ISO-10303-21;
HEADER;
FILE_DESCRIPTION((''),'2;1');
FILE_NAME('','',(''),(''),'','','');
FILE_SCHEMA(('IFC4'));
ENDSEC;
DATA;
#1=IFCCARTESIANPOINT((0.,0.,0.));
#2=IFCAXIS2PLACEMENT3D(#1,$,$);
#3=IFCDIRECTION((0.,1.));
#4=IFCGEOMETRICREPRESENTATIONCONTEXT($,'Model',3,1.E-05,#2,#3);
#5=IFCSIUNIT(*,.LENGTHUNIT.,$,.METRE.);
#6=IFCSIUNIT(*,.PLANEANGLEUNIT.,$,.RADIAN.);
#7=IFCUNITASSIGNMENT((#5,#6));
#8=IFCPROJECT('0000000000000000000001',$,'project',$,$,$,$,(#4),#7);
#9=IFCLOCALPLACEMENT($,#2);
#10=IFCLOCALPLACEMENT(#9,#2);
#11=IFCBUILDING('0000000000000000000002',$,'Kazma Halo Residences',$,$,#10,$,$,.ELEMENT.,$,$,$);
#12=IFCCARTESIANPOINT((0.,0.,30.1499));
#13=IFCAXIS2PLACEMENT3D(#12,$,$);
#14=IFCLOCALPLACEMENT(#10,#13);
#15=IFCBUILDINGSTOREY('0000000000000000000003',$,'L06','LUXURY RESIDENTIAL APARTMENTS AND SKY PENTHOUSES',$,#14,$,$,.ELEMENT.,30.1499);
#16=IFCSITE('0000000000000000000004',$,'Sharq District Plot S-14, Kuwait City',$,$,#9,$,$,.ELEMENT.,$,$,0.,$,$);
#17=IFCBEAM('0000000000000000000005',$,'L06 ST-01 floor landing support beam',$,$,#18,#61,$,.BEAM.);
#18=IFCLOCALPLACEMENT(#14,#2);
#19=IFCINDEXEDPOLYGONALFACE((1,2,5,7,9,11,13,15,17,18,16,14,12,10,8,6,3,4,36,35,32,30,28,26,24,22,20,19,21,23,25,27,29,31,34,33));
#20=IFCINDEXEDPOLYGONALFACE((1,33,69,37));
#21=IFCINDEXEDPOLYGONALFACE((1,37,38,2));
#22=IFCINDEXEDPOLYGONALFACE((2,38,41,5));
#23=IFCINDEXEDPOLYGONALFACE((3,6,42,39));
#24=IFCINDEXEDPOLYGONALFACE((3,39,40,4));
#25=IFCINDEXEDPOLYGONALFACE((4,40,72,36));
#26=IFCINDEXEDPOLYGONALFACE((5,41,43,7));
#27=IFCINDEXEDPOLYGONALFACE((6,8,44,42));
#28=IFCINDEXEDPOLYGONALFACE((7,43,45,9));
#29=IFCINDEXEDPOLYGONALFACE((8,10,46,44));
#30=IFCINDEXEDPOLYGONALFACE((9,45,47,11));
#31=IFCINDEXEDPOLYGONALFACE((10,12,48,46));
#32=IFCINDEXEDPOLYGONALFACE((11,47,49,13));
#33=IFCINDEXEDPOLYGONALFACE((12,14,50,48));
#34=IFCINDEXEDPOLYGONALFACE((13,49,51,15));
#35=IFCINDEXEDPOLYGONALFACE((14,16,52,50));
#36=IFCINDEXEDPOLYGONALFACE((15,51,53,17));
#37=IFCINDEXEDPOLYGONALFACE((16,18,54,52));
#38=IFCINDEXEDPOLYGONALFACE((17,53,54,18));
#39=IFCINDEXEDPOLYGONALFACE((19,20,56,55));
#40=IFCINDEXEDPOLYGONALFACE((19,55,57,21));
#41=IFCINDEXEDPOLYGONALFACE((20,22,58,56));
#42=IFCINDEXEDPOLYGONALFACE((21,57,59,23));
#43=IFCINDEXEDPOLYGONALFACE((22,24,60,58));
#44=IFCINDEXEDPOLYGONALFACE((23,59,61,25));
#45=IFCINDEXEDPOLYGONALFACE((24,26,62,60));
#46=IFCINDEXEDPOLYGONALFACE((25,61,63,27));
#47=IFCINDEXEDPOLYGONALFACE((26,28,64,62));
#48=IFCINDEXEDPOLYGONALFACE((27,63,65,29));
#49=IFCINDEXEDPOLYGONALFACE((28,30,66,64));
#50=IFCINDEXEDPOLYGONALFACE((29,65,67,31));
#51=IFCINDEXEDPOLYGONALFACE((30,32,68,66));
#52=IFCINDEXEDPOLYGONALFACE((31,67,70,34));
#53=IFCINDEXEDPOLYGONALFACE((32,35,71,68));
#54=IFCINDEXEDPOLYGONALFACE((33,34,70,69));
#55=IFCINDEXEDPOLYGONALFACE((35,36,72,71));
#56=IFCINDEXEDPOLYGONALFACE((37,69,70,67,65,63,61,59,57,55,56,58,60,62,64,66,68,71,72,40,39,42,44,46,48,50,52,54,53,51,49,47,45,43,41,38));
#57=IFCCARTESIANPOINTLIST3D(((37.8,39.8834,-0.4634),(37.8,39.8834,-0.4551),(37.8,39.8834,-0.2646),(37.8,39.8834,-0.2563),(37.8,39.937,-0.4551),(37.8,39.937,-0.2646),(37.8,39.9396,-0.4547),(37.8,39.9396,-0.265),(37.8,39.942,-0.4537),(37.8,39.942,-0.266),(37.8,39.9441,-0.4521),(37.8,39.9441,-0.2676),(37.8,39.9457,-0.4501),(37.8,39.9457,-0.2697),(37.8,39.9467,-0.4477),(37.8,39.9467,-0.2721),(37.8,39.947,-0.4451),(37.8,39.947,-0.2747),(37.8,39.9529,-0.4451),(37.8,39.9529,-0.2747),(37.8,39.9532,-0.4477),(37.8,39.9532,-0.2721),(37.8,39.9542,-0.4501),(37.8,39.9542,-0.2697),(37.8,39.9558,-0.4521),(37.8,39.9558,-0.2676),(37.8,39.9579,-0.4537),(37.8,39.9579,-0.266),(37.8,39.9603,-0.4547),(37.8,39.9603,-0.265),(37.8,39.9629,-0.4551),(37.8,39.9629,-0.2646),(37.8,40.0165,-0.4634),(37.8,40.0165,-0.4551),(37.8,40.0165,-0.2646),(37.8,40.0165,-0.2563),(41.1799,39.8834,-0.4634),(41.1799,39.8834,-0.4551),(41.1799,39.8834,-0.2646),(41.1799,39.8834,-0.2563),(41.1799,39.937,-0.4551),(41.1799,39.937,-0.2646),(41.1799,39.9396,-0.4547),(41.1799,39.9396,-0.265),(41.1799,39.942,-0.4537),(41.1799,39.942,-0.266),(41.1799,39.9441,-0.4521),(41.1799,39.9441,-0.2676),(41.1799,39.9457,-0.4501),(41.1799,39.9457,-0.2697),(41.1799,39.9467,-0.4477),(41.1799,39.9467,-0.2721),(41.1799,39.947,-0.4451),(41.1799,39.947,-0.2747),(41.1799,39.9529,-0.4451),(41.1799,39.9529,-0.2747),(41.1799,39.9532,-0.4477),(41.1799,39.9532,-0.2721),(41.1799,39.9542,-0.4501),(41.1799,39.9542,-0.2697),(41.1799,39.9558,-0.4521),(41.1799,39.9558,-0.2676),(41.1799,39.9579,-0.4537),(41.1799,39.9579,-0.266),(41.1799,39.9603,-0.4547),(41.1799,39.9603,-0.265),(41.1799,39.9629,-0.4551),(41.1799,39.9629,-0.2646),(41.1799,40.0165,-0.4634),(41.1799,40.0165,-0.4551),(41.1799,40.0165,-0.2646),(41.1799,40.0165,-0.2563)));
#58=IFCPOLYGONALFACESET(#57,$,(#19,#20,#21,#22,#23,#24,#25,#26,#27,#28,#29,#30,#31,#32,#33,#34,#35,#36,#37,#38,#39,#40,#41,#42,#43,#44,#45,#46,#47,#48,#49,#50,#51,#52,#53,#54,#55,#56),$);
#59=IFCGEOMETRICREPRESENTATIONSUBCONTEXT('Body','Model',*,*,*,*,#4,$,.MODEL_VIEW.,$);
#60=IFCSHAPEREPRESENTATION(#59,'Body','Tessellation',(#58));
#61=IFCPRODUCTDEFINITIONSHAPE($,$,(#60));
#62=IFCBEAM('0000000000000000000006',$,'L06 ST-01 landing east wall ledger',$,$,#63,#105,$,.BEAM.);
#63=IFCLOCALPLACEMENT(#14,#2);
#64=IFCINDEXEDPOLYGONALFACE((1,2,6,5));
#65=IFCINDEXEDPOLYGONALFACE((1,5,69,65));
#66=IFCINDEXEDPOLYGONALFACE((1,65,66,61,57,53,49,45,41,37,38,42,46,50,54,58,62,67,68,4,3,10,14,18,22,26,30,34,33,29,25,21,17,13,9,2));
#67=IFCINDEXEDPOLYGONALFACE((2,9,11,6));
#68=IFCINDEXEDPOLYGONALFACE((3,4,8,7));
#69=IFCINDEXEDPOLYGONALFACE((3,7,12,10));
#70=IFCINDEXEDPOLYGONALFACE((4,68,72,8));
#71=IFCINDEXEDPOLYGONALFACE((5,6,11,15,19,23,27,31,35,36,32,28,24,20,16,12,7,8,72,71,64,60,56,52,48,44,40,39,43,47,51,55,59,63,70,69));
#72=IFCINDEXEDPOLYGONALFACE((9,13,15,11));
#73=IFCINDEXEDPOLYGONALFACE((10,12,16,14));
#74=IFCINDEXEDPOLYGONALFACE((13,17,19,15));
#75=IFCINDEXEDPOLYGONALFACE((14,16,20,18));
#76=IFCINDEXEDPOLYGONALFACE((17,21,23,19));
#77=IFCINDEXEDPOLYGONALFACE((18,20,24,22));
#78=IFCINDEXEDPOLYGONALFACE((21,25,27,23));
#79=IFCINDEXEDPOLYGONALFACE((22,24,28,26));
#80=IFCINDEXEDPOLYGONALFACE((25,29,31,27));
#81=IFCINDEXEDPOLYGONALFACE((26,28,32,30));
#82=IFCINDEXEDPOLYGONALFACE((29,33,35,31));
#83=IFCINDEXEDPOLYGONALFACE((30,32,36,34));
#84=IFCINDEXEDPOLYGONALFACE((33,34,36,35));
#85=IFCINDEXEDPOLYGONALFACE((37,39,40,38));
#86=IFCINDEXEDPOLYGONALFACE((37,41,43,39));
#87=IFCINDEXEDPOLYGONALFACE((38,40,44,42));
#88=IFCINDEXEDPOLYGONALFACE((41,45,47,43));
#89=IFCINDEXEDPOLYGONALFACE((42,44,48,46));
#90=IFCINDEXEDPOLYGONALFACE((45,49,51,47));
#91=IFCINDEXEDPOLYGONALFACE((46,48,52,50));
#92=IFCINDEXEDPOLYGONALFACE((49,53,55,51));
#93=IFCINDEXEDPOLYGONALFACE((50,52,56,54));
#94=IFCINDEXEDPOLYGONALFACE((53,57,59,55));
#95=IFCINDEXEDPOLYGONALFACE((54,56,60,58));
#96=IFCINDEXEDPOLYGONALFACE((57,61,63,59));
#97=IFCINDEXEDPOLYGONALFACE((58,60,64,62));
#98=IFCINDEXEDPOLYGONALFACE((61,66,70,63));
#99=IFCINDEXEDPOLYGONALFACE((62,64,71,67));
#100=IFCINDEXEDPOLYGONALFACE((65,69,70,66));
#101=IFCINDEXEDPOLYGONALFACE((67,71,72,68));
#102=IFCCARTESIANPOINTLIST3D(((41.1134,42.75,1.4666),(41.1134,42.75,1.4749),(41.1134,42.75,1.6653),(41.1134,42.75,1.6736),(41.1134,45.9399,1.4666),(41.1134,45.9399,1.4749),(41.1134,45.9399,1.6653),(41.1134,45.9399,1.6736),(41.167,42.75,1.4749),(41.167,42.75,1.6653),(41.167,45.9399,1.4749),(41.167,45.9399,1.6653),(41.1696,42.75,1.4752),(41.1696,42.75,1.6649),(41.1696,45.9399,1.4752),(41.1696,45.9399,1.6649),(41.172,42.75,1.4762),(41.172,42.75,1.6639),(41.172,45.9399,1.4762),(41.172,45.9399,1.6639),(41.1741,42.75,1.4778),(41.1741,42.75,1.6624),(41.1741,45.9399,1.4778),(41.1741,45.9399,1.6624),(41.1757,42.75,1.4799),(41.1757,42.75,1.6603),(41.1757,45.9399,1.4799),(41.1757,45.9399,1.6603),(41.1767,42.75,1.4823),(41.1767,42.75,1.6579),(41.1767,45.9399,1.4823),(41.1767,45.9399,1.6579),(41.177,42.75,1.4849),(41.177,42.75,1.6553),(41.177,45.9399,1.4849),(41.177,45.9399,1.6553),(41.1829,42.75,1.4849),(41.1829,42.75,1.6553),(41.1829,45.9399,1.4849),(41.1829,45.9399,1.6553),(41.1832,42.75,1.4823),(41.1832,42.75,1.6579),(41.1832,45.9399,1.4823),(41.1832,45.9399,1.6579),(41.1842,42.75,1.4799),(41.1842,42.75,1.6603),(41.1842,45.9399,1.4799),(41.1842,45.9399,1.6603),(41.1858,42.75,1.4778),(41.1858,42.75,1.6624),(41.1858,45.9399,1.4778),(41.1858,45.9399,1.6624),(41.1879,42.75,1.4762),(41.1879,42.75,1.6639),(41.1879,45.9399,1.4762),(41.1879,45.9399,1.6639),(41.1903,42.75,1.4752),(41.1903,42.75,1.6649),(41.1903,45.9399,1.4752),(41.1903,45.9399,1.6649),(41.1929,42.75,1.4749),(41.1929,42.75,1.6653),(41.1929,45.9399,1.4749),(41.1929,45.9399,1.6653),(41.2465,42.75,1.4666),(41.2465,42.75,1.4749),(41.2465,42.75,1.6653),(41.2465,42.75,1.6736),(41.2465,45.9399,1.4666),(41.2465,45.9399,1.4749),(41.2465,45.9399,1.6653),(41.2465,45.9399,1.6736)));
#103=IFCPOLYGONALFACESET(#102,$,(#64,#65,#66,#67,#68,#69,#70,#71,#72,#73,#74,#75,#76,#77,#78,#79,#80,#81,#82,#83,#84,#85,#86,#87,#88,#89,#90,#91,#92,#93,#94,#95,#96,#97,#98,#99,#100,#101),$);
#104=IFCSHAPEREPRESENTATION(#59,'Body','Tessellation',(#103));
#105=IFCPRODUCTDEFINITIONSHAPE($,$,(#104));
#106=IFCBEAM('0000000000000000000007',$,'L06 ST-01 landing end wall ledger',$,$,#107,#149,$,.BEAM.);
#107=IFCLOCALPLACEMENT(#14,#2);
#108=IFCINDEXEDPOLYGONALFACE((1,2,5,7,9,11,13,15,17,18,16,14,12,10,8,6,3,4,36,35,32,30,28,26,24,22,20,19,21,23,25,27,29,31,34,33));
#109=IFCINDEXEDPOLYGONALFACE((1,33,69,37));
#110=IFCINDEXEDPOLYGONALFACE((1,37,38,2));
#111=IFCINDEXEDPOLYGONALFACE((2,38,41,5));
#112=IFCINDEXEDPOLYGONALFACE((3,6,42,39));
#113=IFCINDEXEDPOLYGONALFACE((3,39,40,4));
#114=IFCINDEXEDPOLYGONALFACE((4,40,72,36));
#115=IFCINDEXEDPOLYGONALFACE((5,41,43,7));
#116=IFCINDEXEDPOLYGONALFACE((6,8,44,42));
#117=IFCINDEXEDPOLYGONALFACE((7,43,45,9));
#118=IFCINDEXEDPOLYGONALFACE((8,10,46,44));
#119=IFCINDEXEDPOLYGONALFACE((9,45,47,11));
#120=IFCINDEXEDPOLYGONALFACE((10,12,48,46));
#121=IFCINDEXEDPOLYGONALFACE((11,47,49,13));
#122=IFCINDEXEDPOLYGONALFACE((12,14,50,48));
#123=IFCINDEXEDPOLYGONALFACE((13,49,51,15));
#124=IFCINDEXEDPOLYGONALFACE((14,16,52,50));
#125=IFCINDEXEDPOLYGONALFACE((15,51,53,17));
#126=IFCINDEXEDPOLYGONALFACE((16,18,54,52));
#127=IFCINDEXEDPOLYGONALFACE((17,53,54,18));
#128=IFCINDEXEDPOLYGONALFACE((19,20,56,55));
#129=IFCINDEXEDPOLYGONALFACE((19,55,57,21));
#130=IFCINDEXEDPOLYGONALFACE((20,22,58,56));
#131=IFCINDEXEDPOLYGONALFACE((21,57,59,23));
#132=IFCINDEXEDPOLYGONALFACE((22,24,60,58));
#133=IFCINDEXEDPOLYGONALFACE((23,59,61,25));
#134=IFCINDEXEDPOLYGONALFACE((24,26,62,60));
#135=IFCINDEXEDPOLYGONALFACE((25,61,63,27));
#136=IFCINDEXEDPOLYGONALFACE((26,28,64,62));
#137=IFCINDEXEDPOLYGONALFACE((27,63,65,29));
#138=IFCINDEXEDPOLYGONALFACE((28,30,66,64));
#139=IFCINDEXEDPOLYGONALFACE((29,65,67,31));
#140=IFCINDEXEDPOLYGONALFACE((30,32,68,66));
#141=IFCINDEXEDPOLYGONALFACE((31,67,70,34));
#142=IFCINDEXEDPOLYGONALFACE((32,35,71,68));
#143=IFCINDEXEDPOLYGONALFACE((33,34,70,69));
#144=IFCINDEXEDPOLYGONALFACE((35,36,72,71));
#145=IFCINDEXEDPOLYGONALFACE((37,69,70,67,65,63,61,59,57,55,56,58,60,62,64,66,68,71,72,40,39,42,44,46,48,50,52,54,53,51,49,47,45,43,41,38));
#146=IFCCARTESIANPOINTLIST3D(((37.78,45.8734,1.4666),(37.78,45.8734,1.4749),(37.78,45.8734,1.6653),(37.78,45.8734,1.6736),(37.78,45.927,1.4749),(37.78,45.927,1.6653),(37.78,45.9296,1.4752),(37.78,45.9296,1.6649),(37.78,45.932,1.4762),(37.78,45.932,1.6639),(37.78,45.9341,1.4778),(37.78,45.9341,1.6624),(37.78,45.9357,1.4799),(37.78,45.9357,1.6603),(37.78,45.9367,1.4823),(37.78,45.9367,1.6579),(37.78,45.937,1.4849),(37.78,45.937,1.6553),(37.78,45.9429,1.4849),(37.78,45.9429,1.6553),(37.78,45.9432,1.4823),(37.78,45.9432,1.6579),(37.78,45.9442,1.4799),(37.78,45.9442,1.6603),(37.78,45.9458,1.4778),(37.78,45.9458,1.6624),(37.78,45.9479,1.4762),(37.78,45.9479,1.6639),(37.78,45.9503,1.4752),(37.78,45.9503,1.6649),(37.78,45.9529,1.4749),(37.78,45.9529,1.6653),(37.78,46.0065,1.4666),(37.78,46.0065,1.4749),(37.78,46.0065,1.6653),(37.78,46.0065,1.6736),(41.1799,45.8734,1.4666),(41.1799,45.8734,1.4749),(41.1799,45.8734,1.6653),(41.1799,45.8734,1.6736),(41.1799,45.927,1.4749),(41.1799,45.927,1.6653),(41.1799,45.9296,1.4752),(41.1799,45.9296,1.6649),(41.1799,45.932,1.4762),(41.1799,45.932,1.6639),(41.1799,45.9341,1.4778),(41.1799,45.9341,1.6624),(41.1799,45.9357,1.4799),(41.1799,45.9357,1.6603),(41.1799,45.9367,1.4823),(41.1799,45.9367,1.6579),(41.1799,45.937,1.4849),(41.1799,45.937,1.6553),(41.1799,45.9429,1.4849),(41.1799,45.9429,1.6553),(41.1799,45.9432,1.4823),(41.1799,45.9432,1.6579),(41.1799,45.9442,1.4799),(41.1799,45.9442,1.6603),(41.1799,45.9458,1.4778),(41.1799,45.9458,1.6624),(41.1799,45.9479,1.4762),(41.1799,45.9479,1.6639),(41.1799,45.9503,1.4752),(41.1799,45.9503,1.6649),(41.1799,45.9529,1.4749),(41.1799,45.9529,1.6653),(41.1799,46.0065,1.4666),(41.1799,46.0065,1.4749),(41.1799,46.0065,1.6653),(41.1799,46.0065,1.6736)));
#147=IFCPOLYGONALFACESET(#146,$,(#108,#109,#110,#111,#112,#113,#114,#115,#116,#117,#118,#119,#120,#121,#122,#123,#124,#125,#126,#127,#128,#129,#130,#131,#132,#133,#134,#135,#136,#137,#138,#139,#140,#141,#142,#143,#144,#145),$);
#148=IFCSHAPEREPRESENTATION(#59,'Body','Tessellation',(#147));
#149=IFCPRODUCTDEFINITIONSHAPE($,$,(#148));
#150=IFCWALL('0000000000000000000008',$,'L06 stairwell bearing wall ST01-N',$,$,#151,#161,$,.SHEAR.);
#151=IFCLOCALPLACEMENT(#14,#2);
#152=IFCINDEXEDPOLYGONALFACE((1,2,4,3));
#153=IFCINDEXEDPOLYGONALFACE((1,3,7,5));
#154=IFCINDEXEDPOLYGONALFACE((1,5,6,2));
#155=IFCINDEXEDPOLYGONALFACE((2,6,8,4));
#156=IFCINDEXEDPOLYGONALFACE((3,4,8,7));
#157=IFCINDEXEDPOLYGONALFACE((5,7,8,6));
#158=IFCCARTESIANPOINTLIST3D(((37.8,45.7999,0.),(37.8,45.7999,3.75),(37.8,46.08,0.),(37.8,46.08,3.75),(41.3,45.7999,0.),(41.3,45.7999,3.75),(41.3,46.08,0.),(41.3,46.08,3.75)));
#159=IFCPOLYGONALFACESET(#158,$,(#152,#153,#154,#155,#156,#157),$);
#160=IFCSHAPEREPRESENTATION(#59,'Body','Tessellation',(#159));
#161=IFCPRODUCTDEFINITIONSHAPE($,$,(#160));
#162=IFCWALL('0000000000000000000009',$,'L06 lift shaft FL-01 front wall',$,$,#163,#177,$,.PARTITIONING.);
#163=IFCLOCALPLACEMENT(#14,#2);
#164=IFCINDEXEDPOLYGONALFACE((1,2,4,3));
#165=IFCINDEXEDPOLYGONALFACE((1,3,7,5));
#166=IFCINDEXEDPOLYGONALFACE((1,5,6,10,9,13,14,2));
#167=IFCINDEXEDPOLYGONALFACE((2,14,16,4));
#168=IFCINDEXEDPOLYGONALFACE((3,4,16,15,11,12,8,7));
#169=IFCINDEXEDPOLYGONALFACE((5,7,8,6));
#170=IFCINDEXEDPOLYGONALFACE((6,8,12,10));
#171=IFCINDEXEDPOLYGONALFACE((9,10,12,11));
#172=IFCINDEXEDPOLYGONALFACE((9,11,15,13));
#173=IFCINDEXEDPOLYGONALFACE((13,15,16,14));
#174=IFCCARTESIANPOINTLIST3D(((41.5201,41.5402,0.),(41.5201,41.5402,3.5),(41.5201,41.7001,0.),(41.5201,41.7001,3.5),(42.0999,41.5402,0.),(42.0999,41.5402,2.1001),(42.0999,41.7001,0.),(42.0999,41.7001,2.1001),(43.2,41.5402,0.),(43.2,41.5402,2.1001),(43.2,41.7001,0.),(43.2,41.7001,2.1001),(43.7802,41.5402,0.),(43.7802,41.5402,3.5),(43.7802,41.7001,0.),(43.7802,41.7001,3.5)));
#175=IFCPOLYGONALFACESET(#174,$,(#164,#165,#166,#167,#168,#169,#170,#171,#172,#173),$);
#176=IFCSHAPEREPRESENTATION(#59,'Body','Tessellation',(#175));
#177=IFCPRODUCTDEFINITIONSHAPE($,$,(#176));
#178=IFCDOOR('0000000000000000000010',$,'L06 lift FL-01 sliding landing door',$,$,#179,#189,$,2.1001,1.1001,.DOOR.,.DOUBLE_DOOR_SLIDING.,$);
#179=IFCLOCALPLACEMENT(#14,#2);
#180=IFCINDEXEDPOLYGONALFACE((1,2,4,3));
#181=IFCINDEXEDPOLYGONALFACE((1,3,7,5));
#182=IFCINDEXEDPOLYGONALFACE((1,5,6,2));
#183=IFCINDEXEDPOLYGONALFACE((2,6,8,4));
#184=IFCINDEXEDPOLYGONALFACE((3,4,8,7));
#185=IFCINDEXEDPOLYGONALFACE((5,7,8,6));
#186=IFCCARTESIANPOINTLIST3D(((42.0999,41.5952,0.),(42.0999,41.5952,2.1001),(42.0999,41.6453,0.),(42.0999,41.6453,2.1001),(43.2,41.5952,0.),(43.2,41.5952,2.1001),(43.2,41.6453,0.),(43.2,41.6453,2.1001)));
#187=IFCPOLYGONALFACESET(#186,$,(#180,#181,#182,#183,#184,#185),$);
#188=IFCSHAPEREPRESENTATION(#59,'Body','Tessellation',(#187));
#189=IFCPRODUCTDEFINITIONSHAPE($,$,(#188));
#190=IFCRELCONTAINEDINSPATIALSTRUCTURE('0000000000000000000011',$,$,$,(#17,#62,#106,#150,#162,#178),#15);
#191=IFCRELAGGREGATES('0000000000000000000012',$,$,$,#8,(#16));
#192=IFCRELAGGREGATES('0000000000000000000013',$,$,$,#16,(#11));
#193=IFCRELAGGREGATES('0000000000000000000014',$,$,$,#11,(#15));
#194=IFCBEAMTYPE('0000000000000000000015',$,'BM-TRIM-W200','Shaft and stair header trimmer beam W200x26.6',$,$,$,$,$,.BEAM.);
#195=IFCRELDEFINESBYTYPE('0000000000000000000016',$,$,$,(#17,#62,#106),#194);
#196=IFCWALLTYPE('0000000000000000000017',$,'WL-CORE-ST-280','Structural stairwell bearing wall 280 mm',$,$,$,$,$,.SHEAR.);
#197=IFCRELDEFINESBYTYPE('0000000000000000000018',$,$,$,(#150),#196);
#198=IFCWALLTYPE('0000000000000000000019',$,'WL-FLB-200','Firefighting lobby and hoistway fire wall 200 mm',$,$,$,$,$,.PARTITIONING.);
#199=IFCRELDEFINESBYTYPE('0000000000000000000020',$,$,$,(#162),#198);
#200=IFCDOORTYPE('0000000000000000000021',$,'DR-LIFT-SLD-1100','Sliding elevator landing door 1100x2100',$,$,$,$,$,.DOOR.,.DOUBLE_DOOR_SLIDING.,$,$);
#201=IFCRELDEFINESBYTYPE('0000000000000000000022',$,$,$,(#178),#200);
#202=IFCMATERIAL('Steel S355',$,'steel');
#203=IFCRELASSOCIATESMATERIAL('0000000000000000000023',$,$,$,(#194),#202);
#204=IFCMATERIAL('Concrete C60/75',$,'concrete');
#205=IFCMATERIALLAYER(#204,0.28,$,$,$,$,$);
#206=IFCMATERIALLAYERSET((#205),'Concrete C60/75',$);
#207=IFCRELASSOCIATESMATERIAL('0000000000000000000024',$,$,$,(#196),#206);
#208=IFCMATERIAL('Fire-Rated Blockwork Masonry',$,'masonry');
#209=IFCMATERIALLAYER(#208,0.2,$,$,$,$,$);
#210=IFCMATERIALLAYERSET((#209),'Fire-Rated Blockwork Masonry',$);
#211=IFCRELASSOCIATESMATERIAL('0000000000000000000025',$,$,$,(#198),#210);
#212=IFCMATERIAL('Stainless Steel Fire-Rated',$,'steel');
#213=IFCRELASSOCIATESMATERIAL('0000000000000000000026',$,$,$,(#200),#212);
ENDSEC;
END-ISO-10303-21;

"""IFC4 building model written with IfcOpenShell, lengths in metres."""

from ifc_helpers import new_model, si_unit, direction, frame, frame_2d, origin, origin_2d, place, context, subcontext, project, spatial, rectangle, i_section, extrude, material, layer, layer_set, material_profile, profile_set, type_object, element, fill, save


model = new_model("IFC4")

# Units and contexts
model_context = context("Model", 3, precision=1e-05, world=origin(), true_north=direction((0.0, 1.0)))
body_context = subcontext(model_context, "Body", "Model", "MODEL_VIEW")
ifc_project = project(units=[si_unit("LENGTHUNIT", "METRE"), si_unit("PLANEANGLEUNIT", "RADIAN")], contexts=[model_context])

# Site, building, storey
site_placement = place(None, origin())
site = spatial("IfcSite", under=ifc_project, at=site_placement, Name="Sharq District Plot S-14, Kuwait City", CompositionType="ELEMENT", RefElevation=0.0)
building_placement = place(site_placement, origin())
building = spatial("IfcBuilding", under=site, at=building_placement, Name="Kazma Halo Residences", CompositionType="ELEMENT")
storey_placement = place(building_placement, frame((0.0, 0.0, 30.1499)))
storey = spatial("IfcBuildingStorey", under=building, at=storey_placement, Name="L06", Description="LUXURY RESIDENTIAL APARTMENTS AND SKY PENTHOUSES", CompositionType="ELEMENT", Elevation=30.1499)

# Shared definitions
ifc_material_1 = material(Name="Steel S355", Category="steel")

# Beams
ifc_material_profile_1 = material_profile(ifc_material_1, i_section(OverallWidth=0.1331, OverallDepth=0.207, WebThickness=0.0059, FlangeThickness=0.0083, FilletRadius=0.01, at=origin_2d()), Name="W200x26.6")
ifc_profile_set_1 = profile_set([ifc_material_profile_1], Name="Steel S355")
beam_type_1 = type_object("IfcBeamType", Name="BM-TRIM-W200", Description="Shaft and stair header trimmer beam W200x26.6", PredefinedType="BEAM", material=ifc_profile_set_1)
beam_1_placement = place(storey_placement, frame((37.8, 39.95, -0.3599), z_axis=(1.0, 0.0, 0.0), x_axis=(0.0, 1.0, 0.0)))
element("IfcBeam", 1, at=beam_1_placement, inside=storey, type_object=beam_type_1, Name="L06 ST-01 floor landing support beam", PredefinedType="BEAM", context=body_context, shape_type="SweptSolid", body=[
    extrude(i_section(OverallWidth=0.1331, OverallDepth=0.207, WebThickness=0.0059, FlangeThickness=0.0083, FilletRadius=0.01, at=origin_2d()), origin(), (0.0, 0.0, 1.0), 3.3799),
])
beam_2_placement = place(storey_placement, frame((41.1799, 42.75, 1.5701), z_axis=(0.0, 1.0, 0.0), x_axis=(-1.0, 0.0, 0.0)))
element("IfcBeam", 2, at=beam_2_placement, inside=storey, type_object=beam_type_1, Name="L06 ST-01 landing east wall ledger", PredefinedType="BEAM", context=body_context, shape_type="SweptSolid", body=[
    extrude(i_section(OverallWidth=0.1331, OverallDepth=0.207, WebThickness=0.0059, FlangeThickness=0.0083, FilletRadius=0.01, at=origin_2d()), origin(), (0.0, 0.0, 1.0), 3.1899),
])
beam_3_placement = place(storey_placement, frame((37.78, 45.9399, 1.5701), z_axis=(1.0, 0.0, 0.0), x_axis=(0.0, 1.0, 0.0)))
element("IfcBeam", 3, at=beam_3_placement, inside=storey, type_object=beam_type_1, Name="L06 ST-01 landing end wall ledger", PredefinedType="BEAM", context=body_context, shape_type="SweptSolid", body=[
    extrude(i_section(OverallWidth=0.1331, OverallDepth=0.207, WebThickness=0.0059, FlangeThickness=0.0083, FilletRadius=0.01, at=origin_2d()), origin(), (0.0, 0.0, 1.0), 3.3999),
])

# Wall
ifc_material_2 = material(Name="Concrete C60/75", Category="concrete")
ifc_layer_1 = layer(ifc_material_2, 0.28)
ifc_layer_set_1 = layer_set([ifc_layer_1], Name="Concrete C60/75")
wall_type_1 = type_object("IfcWallType", Name="WL-CORE-ST-280", Description="Structural stairwell bearing wall 280 mm", PredefinedType="SHEAR", material=ifc_layer_set_1)
wall_1_placement = place(storey_placement, frame((37.8, 45.9399, 0.0), z_axis=(0.0, 0.0, 1.0), x_axis=(1.0, 0.0, 0.0)))
element("IfcWall", 4, at=wall_1_placement, inside=storey, type_object=wall_type_1, Name="L06 stairwell bearing wall ST01-N", PredefinedType="SHEAR", context=body_context, shape_type="SweptSolid", body=[
    extrude(rectangle(XDim=3.5, YDim=0.28, at=frame_2d((1.75, 0.0))), origin(), (0.0, 0.0, 1.0), 3.75),
])

# Wall, opening, door
ifc_material_3 = material(Name="Fire-Rated Blockwork Masonry", Category="masonry")
ifc_layer_2 = layer(ifc_material_3, 0.2)
ifc_layer_set_2 = layer_set([ifc_layer_2], Name="Fire-Rated Blockwork Masonry")
wall_type_2 = type_object("IfcWallType", Name="WL-FLB-200", Description="Firefighting lobby and hoistway fire wall 200 mm", PredefinedType="PARTITIONING", material=ifc_layer_set_2)
wall_2_placement = place(storey_placement, frame((43.78, 41.6201, 0.0), z_axis=(0.0, 0.0, 1.0), x_axis=(-1.0, 0.0, 0.0)))
wall_2 = element("IfcWall", 5, at=wall_2_placement, inside=storey, type_object=wall_type_2, Name="L06 lift shaft FL-01 front wall", PredefinedType="PARTITIONING", context=body_context, shape_type="SweptSolid", body=[
    extrude(rectangle(XDim=2.26, YDim=0.1599, at=frame_2d((1.1299, 0.0))), origin(), (0.0, 0.0, 1.0), 3.5),
])
opening_placement = place(wall_2_placement, frame((0.5801, 0.0, 0.0)))
opening = element("IfcOpeningElement", 6, at=opening_placement, cuts=wall_2, PredefinedType="OPENING", context=body_context, shape_type="SweptSolid", body=[
    extrude(rectangle(XDim=1.1001, YDim=2.1001, at=frame_2d((0.55, 1.05))), frame((0.0, 0.0898, 0.0), z_axis=(0.0, -1.0, 0.0), x_axis=(1.0, 0.0, 0.0)), (0.0, 0.0, 1.0), 0.1799),
])
ifc_material_4 = material(Name="Stainless Steel Fire-Rated", Category="steel")
door_type = type_object("IfcDoorType", Name="DR-LIFT-SLD-1100", Description="Sliding elevator landing door 1100x2100", OperationType="DOUBLE_DOOR_SLIDING", PredefinedType="DOOR", material=ifc_material_4)
door_placement = place(opening_placement, origin())
door = element("IfcDoor", 7, at=door_placement, inside=storey, type_object=door_type, Name="L06 lift FL-01 sliding landing door", OperationType="DOUBLE_DOOR_SLIDING", OverallHeight=2.1001, OverallWidth=1.1001, PredefinedType="DOOR", context=body_context, shape_type="SweptSolid", body=[
    extrude(rectangle(XDim=1.1001, YDim=2.1001, at=frame_2d((0.55, 1.05))), frame((0.0, 0.0249, 0.0), z_axis=(0.0, -1.0, 0.0), x_axis=(1.0, 0.0, 0.0)), (0.0, 0.0, 1.0), 0.05),
])
fill(opening, door)

save(model, "model.ifc")
